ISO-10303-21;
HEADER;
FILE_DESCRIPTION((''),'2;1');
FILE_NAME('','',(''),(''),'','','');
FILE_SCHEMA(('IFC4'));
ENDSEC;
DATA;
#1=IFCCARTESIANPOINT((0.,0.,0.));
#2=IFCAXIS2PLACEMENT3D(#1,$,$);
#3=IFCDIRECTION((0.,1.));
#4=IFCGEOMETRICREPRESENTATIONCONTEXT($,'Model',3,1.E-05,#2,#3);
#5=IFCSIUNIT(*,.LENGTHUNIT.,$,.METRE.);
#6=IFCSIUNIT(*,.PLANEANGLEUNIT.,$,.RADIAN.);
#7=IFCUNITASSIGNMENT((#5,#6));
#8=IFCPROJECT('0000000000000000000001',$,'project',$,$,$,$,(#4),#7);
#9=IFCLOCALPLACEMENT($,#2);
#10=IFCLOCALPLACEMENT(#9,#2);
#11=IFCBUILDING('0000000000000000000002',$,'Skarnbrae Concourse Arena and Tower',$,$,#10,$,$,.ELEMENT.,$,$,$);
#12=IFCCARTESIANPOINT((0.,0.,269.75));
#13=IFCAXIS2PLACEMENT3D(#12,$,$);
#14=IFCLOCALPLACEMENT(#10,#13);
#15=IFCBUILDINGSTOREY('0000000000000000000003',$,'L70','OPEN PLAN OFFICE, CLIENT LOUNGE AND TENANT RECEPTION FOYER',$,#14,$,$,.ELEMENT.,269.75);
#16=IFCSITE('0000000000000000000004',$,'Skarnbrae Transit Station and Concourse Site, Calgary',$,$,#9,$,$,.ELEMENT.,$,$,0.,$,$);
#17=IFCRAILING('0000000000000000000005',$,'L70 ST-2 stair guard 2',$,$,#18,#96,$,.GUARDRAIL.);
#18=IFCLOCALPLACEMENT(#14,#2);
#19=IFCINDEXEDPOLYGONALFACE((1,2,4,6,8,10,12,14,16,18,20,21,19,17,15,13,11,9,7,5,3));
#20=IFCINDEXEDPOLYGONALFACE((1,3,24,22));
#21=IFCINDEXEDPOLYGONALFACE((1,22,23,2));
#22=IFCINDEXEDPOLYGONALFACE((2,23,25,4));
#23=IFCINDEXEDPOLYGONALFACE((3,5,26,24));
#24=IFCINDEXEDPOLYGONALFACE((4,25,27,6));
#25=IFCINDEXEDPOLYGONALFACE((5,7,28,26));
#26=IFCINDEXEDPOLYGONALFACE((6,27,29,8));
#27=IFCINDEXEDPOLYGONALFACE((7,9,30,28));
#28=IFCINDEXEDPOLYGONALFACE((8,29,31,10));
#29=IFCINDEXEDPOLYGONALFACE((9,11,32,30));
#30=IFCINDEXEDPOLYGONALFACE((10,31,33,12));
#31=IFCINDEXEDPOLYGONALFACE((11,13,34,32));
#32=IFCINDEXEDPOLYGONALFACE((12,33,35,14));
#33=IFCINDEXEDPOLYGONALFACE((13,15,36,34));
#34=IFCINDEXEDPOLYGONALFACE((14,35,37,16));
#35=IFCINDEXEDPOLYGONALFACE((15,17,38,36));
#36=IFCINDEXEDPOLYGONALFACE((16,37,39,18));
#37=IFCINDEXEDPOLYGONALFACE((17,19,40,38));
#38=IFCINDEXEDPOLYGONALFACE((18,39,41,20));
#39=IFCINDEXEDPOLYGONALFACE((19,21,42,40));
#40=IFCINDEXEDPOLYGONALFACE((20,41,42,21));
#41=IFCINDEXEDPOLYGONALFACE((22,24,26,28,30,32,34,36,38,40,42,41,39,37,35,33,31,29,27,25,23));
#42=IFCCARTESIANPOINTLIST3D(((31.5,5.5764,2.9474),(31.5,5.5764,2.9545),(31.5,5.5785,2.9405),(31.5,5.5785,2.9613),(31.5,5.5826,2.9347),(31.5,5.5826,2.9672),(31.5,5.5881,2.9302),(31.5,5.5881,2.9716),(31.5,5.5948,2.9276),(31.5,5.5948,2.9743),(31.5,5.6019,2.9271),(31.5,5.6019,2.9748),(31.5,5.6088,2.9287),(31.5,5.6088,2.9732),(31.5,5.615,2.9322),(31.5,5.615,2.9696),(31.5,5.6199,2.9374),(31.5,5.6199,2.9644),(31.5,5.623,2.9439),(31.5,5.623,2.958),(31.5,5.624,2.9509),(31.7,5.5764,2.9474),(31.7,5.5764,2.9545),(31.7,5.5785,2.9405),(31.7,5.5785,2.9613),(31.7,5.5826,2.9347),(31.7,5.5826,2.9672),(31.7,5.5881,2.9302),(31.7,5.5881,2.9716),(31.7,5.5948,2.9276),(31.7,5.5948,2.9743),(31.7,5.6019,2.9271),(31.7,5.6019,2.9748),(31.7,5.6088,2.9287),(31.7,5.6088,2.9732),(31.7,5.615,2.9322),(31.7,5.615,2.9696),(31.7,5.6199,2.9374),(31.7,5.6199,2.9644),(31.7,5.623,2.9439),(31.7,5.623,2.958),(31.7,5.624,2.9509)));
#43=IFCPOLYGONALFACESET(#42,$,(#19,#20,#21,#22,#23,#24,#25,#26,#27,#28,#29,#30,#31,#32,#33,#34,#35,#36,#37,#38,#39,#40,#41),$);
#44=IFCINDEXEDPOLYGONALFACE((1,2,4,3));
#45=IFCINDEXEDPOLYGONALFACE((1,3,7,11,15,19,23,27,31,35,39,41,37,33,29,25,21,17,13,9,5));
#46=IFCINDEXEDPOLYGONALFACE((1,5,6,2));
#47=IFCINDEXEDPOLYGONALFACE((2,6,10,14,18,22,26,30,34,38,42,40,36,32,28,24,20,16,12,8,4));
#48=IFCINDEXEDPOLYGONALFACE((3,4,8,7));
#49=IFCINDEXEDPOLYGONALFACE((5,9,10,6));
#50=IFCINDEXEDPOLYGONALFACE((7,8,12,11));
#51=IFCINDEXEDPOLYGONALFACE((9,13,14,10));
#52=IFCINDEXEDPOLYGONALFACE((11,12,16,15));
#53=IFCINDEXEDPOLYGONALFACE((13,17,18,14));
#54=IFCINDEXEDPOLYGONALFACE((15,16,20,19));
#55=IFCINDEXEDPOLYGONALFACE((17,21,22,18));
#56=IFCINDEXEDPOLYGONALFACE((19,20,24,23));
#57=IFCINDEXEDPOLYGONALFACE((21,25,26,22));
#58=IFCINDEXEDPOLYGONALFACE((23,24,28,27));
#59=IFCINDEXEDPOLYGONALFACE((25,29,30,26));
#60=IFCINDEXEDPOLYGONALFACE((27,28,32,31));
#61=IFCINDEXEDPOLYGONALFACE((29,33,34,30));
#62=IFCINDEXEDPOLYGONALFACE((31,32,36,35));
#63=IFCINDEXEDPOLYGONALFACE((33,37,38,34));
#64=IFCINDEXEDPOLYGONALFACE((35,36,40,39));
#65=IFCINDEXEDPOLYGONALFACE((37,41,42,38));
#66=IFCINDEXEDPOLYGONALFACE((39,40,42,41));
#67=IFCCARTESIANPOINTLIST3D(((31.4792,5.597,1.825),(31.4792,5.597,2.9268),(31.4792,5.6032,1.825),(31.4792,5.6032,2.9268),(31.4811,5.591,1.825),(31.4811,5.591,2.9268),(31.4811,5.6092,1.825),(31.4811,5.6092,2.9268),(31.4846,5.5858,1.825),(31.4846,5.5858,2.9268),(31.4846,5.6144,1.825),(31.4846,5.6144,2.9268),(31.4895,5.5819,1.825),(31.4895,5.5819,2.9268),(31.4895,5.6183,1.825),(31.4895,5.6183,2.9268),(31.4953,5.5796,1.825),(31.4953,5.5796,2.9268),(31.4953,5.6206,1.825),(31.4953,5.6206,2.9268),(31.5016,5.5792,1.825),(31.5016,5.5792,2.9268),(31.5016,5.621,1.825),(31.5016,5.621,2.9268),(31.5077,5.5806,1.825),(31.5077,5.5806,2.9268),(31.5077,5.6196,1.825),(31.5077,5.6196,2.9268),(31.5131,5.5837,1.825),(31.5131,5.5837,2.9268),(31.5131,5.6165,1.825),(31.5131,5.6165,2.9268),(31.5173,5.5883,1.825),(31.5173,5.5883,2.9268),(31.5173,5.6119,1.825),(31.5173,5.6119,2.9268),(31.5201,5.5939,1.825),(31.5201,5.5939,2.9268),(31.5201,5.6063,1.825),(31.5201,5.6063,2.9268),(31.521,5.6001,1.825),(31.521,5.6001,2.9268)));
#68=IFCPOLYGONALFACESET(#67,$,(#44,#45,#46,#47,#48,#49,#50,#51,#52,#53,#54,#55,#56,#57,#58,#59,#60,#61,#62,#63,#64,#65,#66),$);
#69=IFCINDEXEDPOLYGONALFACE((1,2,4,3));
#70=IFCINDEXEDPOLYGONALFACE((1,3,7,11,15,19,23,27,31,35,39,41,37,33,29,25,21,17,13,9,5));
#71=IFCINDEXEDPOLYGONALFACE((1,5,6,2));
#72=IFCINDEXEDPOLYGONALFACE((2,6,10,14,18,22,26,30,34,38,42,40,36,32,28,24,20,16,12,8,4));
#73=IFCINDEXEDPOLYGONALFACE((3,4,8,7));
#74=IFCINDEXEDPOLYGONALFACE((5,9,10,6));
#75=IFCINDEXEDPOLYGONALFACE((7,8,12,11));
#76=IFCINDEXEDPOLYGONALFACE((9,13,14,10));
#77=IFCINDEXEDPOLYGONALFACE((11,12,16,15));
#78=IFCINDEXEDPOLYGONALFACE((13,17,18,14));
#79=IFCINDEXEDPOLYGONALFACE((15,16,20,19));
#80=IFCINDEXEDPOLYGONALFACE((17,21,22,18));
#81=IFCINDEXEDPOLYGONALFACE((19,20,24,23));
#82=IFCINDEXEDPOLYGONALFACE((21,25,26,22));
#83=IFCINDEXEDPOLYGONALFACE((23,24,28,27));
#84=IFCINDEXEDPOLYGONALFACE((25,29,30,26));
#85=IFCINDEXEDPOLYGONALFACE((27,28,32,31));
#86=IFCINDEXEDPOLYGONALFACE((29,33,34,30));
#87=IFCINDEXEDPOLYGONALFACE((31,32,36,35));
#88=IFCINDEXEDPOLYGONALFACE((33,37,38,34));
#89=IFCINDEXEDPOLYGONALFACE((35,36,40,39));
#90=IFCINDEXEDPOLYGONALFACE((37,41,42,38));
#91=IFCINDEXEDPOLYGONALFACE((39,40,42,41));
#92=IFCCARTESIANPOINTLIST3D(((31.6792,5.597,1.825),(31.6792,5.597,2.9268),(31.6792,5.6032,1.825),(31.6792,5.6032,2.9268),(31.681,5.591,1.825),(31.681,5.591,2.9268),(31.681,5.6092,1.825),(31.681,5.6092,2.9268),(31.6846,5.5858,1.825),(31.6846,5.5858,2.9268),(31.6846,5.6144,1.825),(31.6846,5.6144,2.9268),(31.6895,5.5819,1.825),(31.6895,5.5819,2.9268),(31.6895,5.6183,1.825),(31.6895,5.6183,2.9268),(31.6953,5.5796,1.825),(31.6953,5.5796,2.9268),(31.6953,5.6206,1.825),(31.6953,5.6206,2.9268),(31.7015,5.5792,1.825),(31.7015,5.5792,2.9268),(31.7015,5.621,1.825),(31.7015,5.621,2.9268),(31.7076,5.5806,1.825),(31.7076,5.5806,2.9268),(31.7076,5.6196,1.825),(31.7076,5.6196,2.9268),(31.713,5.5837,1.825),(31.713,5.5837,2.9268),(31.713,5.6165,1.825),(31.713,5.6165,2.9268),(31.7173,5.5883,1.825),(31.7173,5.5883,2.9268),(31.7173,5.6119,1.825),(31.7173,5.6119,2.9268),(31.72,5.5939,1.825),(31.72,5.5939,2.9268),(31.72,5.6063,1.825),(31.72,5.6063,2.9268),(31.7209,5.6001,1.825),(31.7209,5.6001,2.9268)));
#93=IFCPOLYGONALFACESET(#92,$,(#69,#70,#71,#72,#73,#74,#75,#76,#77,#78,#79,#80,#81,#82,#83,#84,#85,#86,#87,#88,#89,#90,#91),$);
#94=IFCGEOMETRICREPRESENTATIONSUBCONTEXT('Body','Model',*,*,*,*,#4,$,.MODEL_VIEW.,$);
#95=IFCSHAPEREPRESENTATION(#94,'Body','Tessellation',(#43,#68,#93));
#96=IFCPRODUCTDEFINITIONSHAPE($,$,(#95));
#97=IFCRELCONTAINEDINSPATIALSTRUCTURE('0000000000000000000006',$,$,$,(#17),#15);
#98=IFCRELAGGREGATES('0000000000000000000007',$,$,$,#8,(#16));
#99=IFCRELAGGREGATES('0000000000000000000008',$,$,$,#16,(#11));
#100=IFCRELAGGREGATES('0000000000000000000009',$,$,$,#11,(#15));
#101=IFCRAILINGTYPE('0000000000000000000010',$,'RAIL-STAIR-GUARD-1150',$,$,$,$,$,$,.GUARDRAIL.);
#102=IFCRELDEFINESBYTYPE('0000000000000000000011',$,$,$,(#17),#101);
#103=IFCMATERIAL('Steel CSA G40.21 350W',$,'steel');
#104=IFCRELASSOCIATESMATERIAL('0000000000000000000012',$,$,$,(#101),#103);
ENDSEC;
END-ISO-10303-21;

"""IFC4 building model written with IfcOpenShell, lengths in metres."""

from ifc_helpers import new_model, si_unit, direction, frame, origin, origin_2d, place, context, subcontext, project, spatial, circle, extrude, material, type_object, element, save


model = new_model("IFC4")

# Units and contexts
model_context = context("Model", 3, precision=1e-05, world=origin(), true_north=direction((0.0, 1.0)))
body_context = subcontext(model_context, "Body", "Model", "MODEL_VIEW")
ifc_project = project(units=[si_unit("LENGTHUNIT", "METRE"), si_unit("PLANEANGLEUNIT", "RADIAN")], contexts=[model_context])

# Site, building, storey
site_placement = place(None, origin())
site = spatial("IfcSite", under=ifc_project, at=site_placement, Name="Skarnbrae Transit Station and Concourse Site, Calgary", CompositionType="ELEMENT", RefElevation=0.0)
building_placement = place(site_placement, origin())
building = spatial("IfcBuilding", under=site, at=building_placement, Name="Skarnbrae Concourse Arena and Tower", CompositionType="ELEMENT")
storey_placement = place(building_placement, frame((0.0, 0.0, 269.75)))
storey = spatial("IfcBuildingStorey", under=building, at=storey_placement, Name="L70", Description="OPEN PLAN OFFICE, CLIENT LOUNGE AND TENANT RECEPTION FOYER", CompositionType="ELEMENT", Elevation=269.75)

# Shared definitions
ifc_material_1 = material(Name="Steel CSA G40.21 350W", Category="steel")

# Railing
railing_type_1 = type_object("IfcRailingType", Name="RAIL-STAIR-GUARD-1150", PredefinedType="GUARDRAIL", material=ifc_material_1)
railing_1_placement = place(storey_placement, frame((31.5, 5.6001, 1.825)))
element("IfcRailing", 1, at=railing_1_placement, inside=storey, type_object=railing_type_1, Name="L70 ST-2 stair guard 2", PredefinedType="GUARDRAIL", context=body_context, shape_type="SweptSolid", body=[
    extrude(circle(Radius=0.0239, at=origin_2d()), frame((0.0, 0.0, 1.126), z_axis=(1.0, 0.0, 0.0), x_axis=(0.0, 1.0, 0.0)), (0.0, 0.0, 1.0), 0.2),
    extrude(circle(Radius=0.021, at=origin_2d()), origin(), (0.0, 0.0, 1.0), 1.1018),
    extrude(circle(Radius=0.021, at=origin_2d()), frame((0.2, 0.0, 0.0)), (0.0, 0.0, 1.0), 1.1018),
])

save(model, "model.ifc")
